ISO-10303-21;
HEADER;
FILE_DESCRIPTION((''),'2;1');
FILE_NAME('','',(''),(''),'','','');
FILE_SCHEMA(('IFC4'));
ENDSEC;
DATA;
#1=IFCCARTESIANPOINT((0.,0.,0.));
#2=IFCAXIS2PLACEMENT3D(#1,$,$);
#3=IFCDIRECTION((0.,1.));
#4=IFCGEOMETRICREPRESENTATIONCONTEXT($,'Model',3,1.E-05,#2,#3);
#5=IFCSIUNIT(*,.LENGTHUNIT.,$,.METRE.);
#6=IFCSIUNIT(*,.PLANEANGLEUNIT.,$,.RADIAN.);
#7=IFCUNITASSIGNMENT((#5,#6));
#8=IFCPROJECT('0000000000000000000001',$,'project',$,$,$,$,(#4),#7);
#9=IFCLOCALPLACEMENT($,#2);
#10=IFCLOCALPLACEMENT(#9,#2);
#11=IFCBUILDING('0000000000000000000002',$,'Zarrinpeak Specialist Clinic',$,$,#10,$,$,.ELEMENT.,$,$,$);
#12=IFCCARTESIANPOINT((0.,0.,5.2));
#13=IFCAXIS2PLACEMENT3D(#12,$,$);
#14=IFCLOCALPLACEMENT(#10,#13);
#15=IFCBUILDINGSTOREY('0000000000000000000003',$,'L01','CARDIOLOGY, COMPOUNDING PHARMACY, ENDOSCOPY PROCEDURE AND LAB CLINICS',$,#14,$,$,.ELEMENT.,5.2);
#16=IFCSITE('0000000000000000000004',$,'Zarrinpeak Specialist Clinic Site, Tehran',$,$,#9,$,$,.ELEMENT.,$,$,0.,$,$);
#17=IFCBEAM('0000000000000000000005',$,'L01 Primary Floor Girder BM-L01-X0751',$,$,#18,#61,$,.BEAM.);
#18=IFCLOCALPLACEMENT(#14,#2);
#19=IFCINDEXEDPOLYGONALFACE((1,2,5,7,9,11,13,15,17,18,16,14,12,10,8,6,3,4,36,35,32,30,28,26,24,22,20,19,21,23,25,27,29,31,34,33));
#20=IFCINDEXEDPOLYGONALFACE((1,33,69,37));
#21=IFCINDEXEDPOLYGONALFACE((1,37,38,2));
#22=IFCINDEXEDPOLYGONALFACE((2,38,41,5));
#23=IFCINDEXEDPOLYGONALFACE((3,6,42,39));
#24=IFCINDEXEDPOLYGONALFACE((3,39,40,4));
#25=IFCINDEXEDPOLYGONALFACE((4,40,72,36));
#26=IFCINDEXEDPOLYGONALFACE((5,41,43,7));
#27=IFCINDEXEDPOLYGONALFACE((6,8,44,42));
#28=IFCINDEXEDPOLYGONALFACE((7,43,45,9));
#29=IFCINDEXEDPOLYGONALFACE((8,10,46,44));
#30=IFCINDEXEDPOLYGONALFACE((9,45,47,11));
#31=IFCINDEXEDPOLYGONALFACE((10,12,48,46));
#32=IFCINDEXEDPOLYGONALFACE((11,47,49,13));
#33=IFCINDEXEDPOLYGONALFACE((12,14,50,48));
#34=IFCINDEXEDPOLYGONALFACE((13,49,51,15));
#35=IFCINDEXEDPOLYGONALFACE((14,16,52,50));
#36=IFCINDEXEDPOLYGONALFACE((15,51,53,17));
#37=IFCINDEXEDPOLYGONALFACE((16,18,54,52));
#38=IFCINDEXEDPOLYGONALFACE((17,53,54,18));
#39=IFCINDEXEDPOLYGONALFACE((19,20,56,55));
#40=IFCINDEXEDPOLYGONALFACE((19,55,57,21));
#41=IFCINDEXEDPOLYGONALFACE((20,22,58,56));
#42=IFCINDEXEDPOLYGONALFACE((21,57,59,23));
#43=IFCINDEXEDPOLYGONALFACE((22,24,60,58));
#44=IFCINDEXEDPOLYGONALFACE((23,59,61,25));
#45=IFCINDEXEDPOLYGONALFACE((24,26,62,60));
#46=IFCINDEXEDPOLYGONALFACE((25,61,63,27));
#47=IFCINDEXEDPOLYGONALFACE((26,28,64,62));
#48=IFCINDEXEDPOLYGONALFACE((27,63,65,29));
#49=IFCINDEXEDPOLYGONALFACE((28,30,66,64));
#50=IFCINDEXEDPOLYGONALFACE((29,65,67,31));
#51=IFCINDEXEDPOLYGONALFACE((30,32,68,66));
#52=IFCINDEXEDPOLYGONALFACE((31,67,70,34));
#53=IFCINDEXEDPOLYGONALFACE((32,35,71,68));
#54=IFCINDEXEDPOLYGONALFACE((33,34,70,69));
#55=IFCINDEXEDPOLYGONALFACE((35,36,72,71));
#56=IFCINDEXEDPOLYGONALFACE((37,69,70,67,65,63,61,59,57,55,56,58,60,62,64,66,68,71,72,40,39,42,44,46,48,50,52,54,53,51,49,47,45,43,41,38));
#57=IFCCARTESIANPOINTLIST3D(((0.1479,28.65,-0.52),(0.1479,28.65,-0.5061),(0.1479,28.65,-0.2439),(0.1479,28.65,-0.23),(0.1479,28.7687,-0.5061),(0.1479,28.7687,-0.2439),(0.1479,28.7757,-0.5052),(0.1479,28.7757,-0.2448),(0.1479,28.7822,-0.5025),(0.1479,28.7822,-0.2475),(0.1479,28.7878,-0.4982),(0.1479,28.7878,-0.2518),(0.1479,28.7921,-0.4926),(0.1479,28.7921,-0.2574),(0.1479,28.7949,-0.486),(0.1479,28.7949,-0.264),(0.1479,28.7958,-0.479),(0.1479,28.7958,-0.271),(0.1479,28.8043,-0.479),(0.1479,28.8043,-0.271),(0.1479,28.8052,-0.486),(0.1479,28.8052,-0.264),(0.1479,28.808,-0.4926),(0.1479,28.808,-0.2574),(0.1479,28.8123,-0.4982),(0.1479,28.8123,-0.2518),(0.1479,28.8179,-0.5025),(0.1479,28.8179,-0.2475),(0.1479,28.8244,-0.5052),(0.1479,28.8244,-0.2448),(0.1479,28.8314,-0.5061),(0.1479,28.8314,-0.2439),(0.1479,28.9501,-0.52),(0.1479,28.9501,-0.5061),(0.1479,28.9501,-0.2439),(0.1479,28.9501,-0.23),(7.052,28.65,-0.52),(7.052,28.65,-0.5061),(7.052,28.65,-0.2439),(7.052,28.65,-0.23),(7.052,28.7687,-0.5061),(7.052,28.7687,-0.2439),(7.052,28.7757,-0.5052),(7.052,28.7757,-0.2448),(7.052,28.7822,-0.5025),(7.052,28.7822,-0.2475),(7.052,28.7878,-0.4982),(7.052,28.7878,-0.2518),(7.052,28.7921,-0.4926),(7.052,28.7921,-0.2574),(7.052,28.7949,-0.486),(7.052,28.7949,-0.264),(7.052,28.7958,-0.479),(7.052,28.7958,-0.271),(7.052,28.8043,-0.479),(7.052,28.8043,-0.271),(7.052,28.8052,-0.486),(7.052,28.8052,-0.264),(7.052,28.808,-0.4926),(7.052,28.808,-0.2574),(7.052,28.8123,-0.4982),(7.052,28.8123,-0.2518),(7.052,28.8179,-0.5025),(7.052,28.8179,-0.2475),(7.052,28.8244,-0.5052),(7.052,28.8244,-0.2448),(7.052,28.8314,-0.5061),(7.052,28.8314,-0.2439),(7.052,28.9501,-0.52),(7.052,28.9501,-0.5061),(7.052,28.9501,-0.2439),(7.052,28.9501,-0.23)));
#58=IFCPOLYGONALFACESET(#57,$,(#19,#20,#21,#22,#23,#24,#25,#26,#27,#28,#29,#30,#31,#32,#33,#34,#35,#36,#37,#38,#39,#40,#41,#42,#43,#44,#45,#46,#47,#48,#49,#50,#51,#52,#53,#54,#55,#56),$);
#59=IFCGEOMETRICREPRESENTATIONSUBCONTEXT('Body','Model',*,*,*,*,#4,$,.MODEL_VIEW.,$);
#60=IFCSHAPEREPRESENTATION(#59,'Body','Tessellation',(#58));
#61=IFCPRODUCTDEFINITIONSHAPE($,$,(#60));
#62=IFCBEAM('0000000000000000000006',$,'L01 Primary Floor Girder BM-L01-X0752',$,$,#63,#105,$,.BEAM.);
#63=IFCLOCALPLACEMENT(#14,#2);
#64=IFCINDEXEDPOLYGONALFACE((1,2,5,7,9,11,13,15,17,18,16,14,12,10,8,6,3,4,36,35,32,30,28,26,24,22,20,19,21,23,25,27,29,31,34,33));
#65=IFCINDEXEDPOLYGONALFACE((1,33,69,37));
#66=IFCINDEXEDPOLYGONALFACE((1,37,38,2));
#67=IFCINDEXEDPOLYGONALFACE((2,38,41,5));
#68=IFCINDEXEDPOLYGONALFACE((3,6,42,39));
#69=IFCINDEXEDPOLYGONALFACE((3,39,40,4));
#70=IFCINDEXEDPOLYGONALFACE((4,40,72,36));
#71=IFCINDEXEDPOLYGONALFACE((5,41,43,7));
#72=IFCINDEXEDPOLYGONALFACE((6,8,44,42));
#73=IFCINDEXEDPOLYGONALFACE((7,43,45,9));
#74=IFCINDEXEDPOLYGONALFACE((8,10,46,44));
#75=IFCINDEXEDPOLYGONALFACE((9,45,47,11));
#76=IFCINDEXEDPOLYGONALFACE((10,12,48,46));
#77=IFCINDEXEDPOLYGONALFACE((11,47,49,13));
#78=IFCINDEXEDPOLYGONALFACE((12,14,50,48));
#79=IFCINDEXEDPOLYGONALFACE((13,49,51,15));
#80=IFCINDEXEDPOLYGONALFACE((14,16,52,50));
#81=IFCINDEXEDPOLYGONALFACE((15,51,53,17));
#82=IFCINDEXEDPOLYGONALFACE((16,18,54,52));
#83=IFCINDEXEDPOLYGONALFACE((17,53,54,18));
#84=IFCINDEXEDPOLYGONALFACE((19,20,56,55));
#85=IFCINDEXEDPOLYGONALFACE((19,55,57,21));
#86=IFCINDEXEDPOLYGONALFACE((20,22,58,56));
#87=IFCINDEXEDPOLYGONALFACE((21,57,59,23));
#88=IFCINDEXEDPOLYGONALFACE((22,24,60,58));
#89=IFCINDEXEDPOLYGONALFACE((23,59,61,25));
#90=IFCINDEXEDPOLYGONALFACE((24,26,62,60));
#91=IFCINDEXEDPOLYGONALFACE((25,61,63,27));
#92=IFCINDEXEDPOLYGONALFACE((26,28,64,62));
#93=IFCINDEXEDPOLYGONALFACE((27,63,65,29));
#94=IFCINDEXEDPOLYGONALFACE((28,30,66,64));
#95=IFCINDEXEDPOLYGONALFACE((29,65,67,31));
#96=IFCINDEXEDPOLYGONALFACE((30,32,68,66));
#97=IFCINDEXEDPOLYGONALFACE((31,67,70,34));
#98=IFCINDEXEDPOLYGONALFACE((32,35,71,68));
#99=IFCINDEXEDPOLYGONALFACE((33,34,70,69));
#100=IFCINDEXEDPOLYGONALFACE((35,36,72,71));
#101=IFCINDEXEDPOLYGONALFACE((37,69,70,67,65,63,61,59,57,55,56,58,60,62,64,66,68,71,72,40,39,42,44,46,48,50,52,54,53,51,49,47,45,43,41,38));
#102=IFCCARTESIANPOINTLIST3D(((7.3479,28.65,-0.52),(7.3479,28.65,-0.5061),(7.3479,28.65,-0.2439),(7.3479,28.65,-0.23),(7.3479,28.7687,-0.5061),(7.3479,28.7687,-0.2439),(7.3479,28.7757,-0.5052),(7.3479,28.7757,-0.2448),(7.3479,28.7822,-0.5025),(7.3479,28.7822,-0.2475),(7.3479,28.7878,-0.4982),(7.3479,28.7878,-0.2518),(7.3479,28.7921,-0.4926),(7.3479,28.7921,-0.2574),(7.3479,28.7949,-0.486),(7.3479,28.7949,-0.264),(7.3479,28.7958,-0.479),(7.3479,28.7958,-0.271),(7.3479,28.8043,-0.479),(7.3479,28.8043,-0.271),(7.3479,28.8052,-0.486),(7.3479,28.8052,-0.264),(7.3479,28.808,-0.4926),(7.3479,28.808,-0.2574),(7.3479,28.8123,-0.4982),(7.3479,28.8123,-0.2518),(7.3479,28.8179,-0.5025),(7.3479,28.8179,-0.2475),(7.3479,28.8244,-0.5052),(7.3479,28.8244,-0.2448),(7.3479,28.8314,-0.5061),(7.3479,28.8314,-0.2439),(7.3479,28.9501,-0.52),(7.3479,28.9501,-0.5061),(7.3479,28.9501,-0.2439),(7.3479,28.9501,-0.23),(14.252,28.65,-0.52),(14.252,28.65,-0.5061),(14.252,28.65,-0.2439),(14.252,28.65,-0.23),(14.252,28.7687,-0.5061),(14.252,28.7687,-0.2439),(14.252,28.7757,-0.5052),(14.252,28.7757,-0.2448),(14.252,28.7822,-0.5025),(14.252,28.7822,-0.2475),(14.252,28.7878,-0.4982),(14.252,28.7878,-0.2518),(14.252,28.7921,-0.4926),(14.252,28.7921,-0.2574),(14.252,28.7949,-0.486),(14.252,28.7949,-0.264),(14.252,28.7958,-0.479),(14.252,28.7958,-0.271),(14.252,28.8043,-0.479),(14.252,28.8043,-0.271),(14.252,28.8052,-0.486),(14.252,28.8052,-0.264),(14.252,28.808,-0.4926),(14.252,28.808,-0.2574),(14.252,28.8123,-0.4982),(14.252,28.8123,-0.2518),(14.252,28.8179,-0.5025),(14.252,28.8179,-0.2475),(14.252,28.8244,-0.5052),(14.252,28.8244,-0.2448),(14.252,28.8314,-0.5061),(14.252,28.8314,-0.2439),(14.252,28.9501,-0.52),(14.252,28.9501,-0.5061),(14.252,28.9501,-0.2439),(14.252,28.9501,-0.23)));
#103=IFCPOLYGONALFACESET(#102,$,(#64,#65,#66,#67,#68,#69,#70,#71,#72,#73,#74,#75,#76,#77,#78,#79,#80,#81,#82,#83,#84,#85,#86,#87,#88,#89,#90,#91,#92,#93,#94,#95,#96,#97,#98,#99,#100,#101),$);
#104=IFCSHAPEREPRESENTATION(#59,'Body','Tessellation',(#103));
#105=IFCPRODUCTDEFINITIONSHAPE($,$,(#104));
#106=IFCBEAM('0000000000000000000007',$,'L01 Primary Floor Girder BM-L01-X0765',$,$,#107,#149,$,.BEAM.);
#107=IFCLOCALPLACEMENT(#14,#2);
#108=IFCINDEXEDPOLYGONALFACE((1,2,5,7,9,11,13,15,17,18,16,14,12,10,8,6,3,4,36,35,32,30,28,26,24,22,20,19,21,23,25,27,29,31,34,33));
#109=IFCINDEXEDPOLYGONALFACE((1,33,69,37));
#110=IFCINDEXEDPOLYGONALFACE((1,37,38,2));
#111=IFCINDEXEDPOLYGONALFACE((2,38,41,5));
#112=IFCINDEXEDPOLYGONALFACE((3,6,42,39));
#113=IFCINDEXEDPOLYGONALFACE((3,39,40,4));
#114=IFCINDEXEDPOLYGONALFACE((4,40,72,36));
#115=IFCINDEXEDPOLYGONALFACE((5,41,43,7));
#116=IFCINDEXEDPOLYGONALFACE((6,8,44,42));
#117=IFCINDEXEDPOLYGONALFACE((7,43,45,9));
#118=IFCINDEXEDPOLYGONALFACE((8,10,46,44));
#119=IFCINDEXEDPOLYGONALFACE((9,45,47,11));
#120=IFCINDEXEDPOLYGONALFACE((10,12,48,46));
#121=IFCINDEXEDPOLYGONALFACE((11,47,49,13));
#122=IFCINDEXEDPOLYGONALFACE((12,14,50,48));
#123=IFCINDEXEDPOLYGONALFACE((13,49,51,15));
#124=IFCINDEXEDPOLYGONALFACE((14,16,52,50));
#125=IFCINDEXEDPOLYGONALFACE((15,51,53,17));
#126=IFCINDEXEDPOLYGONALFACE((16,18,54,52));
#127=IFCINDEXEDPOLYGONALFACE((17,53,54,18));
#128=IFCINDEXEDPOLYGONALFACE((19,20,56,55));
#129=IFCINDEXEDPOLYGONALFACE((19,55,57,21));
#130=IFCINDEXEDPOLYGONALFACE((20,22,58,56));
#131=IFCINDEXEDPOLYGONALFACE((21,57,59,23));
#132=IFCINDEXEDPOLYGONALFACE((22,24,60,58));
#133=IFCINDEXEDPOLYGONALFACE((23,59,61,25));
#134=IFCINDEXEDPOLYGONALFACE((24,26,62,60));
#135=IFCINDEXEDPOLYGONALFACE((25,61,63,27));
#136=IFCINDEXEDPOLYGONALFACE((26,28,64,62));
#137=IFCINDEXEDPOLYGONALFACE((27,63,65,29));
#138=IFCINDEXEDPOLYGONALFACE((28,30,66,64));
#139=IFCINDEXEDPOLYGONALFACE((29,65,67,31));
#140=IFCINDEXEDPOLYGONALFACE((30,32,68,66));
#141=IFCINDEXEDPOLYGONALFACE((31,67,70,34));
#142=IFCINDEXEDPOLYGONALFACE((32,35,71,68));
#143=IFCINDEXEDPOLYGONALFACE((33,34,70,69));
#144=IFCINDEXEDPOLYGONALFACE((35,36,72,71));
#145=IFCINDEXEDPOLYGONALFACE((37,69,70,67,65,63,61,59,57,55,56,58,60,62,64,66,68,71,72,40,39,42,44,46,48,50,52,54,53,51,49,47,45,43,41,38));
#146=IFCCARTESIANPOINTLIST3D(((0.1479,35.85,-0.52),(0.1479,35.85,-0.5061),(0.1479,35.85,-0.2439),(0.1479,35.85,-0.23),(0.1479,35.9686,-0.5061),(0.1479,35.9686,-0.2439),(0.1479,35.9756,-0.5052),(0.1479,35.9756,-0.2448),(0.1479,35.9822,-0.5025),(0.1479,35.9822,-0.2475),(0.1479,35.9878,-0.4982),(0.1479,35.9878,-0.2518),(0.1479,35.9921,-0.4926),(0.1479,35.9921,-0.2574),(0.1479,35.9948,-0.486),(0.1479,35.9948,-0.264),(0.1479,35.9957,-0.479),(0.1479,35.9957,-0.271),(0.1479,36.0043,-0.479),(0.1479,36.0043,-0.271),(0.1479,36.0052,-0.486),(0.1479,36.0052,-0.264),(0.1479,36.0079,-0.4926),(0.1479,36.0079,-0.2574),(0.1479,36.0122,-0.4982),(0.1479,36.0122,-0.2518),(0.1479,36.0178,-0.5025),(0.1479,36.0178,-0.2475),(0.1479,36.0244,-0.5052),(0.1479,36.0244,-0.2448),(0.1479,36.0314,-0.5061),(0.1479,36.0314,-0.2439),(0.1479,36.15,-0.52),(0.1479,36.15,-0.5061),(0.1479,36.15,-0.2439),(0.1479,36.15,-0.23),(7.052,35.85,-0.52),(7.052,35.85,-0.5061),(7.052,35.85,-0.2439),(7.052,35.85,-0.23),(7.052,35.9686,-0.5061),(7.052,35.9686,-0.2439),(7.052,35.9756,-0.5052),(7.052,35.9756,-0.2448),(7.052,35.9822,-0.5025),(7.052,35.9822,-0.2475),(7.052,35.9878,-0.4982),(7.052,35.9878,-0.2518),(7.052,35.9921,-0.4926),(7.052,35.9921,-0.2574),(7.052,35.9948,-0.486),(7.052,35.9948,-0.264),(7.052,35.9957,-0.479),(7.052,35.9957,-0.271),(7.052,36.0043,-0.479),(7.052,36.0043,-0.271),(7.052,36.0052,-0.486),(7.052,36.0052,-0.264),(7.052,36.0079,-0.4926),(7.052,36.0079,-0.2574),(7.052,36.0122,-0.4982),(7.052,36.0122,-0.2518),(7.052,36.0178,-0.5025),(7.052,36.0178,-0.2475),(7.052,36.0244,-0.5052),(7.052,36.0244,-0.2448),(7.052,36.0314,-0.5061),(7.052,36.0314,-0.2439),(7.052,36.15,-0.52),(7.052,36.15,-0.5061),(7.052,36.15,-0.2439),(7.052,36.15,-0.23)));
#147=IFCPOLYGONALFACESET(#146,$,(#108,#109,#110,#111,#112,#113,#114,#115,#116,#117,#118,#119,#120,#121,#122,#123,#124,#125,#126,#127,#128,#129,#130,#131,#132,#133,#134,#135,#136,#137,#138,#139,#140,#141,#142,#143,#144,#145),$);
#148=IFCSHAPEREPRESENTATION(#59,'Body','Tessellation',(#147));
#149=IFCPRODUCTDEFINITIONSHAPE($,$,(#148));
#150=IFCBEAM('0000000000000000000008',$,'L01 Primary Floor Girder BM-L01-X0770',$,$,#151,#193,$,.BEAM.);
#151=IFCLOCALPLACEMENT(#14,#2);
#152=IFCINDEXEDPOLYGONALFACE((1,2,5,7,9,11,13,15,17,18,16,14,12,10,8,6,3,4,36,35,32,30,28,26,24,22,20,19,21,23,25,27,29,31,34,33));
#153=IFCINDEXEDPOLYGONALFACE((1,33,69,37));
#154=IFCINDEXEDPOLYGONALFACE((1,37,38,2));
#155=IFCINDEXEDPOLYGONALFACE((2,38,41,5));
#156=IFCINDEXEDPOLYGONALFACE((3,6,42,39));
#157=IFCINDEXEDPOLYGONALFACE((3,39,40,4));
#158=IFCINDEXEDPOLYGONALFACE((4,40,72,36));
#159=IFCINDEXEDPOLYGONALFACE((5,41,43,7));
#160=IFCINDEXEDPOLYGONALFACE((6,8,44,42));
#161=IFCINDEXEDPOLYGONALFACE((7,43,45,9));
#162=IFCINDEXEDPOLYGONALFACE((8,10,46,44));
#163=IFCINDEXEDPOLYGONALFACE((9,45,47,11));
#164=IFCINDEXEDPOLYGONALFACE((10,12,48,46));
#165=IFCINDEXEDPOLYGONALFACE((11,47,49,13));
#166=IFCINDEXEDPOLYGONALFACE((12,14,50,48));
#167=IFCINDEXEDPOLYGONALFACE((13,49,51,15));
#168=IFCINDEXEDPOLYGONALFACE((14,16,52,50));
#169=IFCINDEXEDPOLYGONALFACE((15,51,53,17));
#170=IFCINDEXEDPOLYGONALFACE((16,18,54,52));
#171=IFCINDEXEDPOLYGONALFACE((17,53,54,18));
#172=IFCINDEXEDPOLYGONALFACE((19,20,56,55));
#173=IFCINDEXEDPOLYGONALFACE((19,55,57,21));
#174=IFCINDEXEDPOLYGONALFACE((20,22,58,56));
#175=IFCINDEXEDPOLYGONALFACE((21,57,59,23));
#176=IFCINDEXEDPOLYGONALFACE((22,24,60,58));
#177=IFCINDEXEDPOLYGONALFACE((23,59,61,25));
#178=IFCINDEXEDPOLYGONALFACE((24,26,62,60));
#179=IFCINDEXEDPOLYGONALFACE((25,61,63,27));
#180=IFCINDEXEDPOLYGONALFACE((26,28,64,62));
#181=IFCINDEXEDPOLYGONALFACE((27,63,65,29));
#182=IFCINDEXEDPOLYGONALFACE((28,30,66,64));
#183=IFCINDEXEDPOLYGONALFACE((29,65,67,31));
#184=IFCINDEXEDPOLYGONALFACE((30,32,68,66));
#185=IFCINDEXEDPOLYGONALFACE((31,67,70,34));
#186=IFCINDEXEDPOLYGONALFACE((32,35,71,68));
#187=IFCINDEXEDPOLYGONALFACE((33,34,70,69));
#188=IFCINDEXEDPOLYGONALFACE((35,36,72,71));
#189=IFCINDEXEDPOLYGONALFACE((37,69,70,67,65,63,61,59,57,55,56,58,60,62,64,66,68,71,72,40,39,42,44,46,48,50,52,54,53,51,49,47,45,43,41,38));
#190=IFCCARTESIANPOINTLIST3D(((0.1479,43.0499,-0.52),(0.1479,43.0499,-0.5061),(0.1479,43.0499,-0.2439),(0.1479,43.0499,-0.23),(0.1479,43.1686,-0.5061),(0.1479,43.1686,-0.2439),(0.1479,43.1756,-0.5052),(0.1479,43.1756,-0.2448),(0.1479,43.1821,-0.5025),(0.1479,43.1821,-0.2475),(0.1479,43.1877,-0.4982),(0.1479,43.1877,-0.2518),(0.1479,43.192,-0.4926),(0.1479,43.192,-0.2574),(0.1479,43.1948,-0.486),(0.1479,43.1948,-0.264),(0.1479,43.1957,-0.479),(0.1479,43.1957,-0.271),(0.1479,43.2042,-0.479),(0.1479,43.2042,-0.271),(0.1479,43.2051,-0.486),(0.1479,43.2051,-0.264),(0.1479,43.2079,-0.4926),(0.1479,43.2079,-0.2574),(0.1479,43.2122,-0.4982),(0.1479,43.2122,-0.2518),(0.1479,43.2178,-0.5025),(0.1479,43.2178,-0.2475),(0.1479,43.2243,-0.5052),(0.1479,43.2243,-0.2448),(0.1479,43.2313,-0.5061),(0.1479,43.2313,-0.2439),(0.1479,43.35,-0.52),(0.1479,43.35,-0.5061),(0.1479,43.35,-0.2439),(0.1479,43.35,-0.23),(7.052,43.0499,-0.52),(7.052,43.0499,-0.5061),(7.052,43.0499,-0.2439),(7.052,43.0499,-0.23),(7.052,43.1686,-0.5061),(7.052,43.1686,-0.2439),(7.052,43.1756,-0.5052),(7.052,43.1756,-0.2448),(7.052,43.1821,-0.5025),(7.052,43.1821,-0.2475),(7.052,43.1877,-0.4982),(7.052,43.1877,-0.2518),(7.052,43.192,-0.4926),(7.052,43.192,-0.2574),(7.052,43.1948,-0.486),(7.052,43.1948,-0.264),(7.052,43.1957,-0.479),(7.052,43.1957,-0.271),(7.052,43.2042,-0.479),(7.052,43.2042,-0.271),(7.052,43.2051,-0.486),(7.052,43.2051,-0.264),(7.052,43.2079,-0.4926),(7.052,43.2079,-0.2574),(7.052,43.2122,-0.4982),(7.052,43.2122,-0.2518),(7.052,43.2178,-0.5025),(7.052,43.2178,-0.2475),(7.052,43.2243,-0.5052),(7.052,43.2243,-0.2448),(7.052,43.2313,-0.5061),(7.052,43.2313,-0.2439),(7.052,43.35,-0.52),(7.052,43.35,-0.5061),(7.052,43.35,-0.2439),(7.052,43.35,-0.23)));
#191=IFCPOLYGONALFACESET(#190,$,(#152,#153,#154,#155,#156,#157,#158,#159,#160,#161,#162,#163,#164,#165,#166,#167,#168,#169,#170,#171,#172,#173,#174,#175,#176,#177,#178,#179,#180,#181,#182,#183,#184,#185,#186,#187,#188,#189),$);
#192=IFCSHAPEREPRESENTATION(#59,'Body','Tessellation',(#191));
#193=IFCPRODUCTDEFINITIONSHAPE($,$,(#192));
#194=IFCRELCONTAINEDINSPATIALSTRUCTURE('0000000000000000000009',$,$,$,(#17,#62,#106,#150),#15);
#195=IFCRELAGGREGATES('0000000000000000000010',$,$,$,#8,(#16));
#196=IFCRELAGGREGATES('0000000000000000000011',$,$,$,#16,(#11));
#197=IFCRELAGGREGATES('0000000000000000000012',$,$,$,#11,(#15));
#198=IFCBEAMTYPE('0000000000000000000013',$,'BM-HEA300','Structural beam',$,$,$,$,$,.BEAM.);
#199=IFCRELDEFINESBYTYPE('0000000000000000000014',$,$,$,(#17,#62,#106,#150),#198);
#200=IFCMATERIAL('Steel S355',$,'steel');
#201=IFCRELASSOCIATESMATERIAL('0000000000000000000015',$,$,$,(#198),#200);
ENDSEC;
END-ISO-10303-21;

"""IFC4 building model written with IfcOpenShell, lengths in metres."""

from ifc_helpers import new_model, si_unit, direction, frame, origin, origin_2d, place, context, subcontext, project, spatial, i_section, extrude, material, material_profile, profile_set, type_object, element, save


model = new_model("IFC4")

# Units and contexts
model_context = context("Model", 3, precision=1e-05, world=origin(), true_north=direction((0.0, 1.0)))
body_context = subcontext(model_context, "Body", "Model", "MODEL_VIEW")
ifc_project = project(units=[si_unit("LENGTHUNIT", "METRE"), si_unit("PLANEANGLEUNIT", "RADIAN")], contexts=[model_context])

# Site, building, storey
site_placement = place(None, origin())
site = spatial("IfcSite", under=ifc_project, at=site_placement, Name="Zarrinpeak Specialist Clinic Site, Tehran", CompositionType="ELEMENT", RefElevation=0.0)
building_placement = place(site_placement, origin())
building = spatial("IfcBuilding", under=site, at=building_placement, Name="Zarrinpeak Specialist Clinic", CompositionType="ELEMENT")
storey_placement = place(building_placement, frame((0.0, 0.0, 5.2)))
storey = spatial("IfcBuildingStorey", under=building, at=storey_placement, Name="L01", Description="CARDIOLOGY, COMPOUNDING PHARMACY, ENDOSCOPY PROCEDURE AND LAB CLINICS", CompositionType="ELEMENT", Elevation=5.2)

# Shared definitions
ifc_material_1 = material(Name="Steel S355", Category="steel")

# Beams
ifc_material_profile_1 = material_profile(ifc_material_1, i_section(OverallWidth=0.3, OverallDepth=0.29, WebThickness=0.0085, FlangeThickness=0.0139, FilletRadius=0.0271, at=origin_2d()), Name="HEA 300")
ifc_profile_set_1 = profile_set([ifc_material_profile_1], Name="Steel S355")
beam_type_1 = type_object("IfcBeamType", Name="BM-HEA300", Description="Structural beam", PredefinedType="BEAM", material=ifc_profile_set_1)
for number, where, z_axis, x_axis, name in (
    (1, (0.1479, 28.8, -0.375), (1.0, 0.0, 0.0), (0.0, 1.0, 0.0), "L01 Primary Floor Girder BM-L01-X0751"),
    (2, (7.3479, 28.8, -0.375), (1.0, 0.0, 0.0), (0.0, 1.0, 0.0), "L01 Primary Floor Girder BM-L01-X0752"),
    (3, (0.1479, 36.0, -0.375), (1.0, 0.0, 0.0), (0.0, 1.0, 0.0), "L01 Primary Floor Girder BM-L01-X0765"),
    (4, (0.1479, 43.2, -0.375), (1.0, 0.0, 0.0), (0.0, 1.0, 0.0), "L01 Primary Floor Girder BM-L01-X0770"),
):
    element("IfcBeam", number, at=place(storey_placement, frame(where, z_axis=z_axis, x_axis=x_axis)), inside=storey, type_object=beam_type_1, Name=name, PredefinedType="BEAM", context=body_context, shape_type="SweptSolid", body=[
        extrude(i_section(OverallWidth=0.3, OverallDepth=0.29, WebThickness=0.0085, FlangeThickness=0.0139, FilletRadius=0.0271, at=origin_2d()), origin(), (0.0, 0.0, 1.0), 6.9041),
    ])

save(model, "model.ifc")
